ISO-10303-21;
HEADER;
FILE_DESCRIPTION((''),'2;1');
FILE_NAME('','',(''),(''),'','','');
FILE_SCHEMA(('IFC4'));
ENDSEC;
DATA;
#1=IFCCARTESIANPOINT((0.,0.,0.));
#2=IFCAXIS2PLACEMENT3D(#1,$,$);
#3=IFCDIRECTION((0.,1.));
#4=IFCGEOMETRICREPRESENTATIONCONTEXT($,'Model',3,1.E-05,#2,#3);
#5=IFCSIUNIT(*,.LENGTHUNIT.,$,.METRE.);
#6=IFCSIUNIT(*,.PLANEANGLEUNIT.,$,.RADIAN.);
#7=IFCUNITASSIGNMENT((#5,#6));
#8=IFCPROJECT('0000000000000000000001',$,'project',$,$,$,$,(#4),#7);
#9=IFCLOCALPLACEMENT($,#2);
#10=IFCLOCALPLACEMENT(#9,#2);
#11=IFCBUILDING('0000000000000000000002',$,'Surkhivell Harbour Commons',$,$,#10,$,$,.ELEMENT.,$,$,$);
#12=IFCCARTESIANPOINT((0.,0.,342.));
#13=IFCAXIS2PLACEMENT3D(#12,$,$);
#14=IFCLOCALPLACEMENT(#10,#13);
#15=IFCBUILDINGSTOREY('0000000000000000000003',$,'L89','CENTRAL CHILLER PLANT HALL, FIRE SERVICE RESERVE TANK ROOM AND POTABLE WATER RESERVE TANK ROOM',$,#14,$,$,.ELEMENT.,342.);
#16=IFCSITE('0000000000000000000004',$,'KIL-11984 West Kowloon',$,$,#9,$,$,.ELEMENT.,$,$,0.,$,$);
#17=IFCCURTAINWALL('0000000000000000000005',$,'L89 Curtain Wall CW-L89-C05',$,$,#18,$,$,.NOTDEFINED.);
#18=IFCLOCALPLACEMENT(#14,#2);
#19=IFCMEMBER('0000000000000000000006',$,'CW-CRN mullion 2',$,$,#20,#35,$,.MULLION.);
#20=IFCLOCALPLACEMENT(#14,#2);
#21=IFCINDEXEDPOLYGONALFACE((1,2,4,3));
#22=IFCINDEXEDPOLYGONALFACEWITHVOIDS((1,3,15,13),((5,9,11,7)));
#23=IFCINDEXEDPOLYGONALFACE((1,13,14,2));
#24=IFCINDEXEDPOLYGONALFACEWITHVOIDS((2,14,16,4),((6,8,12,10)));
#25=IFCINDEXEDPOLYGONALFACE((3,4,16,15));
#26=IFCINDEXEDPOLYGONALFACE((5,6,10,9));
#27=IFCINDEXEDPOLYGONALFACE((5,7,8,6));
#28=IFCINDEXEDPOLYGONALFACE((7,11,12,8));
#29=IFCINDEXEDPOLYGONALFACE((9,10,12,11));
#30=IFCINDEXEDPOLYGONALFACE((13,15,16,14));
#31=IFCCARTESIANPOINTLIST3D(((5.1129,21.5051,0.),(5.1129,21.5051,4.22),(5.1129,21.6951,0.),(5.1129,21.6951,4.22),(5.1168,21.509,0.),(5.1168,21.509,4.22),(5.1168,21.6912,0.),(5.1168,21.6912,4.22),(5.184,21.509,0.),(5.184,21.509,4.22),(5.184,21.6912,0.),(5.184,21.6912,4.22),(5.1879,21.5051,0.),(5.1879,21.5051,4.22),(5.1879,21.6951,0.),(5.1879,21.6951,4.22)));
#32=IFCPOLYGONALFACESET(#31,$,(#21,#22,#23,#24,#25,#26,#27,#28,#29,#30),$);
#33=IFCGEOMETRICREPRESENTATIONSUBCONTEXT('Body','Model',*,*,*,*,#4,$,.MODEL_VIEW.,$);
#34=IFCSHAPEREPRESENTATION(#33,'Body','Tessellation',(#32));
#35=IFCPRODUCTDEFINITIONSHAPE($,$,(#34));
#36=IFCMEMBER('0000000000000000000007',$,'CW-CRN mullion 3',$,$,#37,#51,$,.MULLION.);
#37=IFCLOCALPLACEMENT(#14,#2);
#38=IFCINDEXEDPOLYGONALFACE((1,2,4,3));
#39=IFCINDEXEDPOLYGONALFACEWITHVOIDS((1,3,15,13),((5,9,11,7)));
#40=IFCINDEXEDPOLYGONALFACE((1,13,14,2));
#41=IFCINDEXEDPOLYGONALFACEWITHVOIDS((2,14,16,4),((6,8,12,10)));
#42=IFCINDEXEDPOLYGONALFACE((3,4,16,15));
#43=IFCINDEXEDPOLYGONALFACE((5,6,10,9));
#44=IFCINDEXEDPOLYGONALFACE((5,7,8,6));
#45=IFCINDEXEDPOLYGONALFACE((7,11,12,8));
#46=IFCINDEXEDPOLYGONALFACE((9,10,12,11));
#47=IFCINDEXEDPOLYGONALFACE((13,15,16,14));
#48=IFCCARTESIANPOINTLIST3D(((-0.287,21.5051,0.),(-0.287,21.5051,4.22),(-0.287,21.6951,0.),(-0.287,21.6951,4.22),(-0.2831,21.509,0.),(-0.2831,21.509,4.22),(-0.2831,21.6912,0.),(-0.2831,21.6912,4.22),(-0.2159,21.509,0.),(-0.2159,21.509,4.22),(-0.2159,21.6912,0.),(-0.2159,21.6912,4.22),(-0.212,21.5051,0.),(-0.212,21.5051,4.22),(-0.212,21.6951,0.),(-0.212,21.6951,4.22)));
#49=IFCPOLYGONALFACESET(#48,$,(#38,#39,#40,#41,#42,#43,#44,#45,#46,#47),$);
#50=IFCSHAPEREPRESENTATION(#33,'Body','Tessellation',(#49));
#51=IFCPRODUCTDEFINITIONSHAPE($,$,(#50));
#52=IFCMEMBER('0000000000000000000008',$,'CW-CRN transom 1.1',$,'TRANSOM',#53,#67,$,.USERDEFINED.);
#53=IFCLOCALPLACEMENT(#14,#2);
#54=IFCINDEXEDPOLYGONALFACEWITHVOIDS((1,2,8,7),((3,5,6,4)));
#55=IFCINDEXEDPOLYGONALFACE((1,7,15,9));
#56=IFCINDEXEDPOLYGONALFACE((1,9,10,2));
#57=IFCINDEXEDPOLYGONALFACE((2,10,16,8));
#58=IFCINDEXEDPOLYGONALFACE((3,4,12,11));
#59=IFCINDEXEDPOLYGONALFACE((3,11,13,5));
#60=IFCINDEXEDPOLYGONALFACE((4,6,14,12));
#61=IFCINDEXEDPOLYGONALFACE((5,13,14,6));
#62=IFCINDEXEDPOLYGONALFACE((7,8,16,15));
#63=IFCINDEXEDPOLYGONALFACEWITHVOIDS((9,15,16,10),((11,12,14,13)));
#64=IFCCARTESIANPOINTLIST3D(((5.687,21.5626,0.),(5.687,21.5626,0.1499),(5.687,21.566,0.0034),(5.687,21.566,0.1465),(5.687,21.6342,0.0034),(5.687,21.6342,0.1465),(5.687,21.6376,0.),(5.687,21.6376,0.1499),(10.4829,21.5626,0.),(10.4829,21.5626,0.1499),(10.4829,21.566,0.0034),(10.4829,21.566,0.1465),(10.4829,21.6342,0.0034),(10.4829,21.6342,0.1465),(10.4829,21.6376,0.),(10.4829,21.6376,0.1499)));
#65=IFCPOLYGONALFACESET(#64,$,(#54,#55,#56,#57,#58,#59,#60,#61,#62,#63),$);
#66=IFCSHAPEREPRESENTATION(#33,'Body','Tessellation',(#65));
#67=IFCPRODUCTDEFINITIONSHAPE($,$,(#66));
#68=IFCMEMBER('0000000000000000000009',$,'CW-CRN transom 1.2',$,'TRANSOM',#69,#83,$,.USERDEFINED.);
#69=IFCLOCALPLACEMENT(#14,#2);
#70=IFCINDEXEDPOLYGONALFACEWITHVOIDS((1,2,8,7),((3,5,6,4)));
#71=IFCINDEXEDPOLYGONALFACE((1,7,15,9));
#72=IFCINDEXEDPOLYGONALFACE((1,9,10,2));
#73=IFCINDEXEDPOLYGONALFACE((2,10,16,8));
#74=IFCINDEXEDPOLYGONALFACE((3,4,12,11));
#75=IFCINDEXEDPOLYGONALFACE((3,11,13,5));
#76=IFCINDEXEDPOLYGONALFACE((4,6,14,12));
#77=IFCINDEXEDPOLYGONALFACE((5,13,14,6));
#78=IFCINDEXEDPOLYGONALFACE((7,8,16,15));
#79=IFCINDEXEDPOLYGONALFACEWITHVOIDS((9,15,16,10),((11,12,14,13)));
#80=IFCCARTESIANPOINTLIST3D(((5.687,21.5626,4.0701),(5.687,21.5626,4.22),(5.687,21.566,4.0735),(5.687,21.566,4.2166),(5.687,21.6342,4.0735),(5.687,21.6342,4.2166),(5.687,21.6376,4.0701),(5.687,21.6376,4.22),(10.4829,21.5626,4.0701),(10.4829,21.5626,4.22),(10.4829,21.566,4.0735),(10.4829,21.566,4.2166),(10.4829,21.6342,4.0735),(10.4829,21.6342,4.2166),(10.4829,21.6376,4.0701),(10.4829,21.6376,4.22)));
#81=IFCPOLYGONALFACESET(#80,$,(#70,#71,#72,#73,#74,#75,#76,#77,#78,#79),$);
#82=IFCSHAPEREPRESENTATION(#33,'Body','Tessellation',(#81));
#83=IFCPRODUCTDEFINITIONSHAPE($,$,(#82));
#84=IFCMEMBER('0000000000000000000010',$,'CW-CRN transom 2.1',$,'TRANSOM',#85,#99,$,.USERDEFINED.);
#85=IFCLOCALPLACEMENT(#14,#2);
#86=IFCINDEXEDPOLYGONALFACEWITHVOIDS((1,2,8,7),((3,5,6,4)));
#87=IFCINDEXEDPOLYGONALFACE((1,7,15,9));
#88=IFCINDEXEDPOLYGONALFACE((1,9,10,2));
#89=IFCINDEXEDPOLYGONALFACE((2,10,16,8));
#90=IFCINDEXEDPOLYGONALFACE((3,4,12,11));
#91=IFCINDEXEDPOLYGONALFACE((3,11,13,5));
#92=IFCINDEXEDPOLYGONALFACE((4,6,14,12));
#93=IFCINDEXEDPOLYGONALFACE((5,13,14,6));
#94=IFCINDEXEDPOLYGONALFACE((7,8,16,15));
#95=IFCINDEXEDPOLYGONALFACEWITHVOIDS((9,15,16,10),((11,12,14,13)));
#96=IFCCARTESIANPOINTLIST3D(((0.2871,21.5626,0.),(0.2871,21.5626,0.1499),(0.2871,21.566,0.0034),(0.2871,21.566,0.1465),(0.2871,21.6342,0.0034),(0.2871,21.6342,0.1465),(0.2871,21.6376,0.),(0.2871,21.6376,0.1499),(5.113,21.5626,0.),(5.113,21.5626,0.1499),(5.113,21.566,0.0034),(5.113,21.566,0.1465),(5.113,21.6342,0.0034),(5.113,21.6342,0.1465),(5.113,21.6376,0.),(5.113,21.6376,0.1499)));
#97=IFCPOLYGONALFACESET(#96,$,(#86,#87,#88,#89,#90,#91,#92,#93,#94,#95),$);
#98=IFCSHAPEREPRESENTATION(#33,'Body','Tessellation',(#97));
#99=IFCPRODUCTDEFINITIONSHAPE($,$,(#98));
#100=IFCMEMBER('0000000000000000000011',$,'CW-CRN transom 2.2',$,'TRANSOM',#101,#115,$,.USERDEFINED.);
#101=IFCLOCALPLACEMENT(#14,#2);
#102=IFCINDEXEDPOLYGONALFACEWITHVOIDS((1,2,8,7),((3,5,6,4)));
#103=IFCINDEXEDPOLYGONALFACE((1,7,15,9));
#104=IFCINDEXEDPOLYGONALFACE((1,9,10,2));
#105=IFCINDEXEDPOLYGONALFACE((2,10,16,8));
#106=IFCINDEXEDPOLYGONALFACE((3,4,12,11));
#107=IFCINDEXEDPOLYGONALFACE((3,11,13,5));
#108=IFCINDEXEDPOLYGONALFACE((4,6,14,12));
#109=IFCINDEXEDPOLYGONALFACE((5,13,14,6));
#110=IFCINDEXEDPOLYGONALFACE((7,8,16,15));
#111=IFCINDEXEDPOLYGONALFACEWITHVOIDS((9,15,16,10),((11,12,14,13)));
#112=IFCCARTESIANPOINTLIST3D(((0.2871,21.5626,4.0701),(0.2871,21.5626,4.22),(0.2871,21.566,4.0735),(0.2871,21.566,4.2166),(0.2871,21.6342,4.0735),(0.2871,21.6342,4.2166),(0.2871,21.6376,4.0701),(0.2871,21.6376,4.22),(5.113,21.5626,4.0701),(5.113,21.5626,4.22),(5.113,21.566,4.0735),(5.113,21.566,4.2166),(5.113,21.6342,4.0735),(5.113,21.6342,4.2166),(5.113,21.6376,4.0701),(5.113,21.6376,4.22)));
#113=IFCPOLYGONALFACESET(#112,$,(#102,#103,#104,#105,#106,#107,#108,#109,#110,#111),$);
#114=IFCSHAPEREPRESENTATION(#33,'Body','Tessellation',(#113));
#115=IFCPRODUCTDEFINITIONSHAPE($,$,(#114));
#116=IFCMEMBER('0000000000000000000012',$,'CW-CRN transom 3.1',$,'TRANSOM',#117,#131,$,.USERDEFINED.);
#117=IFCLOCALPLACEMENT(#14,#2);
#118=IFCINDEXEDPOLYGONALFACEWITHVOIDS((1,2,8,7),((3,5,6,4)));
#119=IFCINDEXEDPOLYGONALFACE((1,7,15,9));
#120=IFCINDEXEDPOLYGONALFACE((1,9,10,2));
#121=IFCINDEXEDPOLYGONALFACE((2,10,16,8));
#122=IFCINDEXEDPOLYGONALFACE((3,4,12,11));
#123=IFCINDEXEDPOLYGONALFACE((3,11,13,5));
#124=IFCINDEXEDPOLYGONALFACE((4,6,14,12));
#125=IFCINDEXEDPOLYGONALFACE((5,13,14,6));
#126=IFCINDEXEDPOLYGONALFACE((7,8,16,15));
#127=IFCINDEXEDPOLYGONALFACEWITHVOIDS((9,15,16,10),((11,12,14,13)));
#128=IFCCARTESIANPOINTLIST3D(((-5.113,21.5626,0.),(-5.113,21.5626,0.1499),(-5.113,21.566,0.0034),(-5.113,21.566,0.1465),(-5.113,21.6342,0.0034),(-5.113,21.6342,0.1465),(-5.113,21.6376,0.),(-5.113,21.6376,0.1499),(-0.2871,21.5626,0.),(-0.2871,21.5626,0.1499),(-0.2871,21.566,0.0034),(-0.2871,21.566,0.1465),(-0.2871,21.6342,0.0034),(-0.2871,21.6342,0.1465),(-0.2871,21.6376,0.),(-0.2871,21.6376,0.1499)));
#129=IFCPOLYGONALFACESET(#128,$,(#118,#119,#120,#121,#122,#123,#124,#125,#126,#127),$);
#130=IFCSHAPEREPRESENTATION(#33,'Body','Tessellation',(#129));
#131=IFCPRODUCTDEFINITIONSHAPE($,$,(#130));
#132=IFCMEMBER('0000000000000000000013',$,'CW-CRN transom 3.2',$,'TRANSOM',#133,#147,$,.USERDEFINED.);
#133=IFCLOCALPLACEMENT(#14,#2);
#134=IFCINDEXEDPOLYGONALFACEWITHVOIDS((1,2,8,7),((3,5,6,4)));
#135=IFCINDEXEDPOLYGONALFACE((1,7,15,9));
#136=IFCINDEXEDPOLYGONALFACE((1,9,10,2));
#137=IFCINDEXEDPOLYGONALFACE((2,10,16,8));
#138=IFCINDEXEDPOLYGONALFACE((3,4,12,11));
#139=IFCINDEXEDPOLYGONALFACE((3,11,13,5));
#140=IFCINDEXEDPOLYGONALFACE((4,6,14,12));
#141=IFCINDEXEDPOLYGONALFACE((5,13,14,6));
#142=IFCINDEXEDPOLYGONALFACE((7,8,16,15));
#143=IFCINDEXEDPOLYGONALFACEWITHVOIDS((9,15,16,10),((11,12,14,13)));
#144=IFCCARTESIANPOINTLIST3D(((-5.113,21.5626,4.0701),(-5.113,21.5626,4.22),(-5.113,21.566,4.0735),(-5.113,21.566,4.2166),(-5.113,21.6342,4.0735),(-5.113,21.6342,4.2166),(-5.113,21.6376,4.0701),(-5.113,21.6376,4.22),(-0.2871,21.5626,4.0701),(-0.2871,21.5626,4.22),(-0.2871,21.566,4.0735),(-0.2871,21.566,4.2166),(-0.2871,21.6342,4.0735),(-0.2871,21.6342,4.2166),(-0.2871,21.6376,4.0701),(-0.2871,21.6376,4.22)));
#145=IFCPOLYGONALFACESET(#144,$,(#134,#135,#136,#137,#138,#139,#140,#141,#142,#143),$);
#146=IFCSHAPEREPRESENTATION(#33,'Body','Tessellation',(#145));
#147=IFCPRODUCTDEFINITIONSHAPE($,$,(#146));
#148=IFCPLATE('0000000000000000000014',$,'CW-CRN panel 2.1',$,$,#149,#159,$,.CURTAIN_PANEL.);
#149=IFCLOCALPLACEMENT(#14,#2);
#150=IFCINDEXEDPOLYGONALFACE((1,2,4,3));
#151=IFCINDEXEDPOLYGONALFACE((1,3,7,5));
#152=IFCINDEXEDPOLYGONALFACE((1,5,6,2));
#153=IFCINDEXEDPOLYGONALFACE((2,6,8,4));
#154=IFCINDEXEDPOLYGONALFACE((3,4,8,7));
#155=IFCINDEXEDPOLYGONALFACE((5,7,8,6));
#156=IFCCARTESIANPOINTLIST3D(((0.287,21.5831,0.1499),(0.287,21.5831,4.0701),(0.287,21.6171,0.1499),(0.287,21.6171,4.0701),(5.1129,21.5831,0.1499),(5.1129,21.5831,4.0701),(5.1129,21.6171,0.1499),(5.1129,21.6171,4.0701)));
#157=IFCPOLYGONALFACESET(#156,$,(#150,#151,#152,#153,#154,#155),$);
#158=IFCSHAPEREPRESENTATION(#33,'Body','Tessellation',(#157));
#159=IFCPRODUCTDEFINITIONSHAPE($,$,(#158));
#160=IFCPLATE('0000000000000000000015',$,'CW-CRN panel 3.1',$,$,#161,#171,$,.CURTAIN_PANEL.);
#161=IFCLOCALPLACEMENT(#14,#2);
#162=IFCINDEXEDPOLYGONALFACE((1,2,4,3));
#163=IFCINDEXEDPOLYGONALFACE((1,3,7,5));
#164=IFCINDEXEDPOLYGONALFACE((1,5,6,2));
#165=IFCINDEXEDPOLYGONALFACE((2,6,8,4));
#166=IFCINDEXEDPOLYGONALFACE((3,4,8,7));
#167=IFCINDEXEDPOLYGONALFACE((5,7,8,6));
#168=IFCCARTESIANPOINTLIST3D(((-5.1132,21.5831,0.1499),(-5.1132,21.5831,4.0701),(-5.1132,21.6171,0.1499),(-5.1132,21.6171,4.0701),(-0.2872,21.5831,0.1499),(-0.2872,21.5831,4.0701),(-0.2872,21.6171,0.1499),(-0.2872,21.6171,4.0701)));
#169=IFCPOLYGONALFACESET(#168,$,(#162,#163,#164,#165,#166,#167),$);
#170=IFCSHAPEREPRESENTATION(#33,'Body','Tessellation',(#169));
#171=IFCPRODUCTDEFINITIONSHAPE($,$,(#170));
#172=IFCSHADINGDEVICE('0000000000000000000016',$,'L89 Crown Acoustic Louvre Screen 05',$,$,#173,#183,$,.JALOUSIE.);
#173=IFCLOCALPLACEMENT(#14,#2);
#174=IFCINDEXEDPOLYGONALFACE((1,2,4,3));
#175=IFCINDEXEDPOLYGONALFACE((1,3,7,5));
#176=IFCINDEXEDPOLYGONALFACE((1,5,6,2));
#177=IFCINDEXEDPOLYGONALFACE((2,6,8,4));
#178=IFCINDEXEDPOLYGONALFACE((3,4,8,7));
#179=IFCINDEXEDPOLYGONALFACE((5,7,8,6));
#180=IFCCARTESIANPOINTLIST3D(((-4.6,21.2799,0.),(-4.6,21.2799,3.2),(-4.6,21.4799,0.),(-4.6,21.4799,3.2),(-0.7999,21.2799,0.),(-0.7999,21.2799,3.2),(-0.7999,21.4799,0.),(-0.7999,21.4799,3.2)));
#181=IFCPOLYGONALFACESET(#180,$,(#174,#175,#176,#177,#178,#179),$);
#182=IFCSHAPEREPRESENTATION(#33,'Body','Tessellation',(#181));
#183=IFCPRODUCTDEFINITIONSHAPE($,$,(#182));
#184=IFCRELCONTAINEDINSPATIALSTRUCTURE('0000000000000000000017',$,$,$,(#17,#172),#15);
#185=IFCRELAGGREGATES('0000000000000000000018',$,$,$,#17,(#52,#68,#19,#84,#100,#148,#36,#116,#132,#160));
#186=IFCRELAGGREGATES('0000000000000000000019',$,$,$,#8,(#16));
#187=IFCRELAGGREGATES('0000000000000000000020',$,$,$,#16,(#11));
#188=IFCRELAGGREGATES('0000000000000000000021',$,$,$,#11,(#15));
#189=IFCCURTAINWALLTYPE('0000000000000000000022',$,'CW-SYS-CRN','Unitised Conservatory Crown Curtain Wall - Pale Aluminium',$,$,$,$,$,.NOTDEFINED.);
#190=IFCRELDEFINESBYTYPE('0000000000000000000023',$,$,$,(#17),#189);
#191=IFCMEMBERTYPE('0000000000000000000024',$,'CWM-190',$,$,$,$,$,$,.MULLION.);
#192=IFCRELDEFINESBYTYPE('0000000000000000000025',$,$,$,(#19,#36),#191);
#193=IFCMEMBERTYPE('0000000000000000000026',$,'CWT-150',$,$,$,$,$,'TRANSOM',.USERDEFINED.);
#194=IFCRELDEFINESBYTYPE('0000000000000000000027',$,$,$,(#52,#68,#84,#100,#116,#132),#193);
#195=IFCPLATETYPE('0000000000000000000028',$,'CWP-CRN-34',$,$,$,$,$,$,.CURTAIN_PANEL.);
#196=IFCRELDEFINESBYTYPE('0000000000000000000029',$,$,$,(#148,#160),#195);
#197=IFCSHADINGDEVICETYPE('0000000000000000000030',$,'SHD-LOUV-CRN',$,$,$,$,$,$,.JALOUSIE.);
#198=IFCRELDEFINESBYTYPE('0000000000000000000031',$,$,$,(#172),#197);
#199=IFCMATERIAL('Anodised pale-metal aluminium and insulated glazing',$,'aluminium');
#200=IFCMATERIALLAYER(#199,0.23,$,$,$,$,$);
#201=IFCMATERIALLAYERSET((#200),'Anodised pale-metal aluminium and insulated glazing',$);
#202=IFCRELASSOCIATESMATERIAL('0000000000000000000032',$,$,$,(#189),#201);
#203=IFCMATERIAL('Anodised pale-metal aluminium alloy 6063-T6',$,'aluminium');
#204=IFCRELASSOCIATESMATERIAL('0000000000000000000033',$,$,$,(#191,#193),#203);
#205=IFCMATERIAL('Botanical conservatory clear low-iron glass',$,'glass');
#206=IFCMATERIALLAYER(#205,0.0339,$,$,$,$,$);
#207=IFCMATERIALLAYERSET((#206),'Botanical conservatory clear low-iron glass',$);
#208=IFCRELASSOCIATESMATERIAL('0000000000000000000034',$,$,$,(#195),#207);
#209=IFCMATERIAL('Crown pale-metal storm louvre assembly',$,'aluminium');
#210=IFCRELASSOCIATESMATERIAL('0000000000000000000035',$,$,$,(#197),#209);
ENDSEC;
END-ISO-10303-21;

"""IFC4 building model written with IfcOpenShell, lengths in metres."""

from ifc_helpers import new_model, si_unit, direction, frame, frame_2d, origin, origin_2d, place, context, subcontext, project, spatial, rectangle, hollow_rectangle, extrude, material, layer, layer_set, material_profile, profile_set, type_object, element, aggregate, save


model = new_model("IFC4")

# Units and contexts
model_context = context("Model", 3, precision=1e-05, world=origin(), true_north=direction((0.0, 1.0)))
body_context = subcontext(model_context, "Body", "Model", "MODEL_VIEW")
ifc_project = project(units=[si_unit("LENGTHUNIT", "METRE"), si_unit("PLANEANGLEUNIT", "RADIAN")], contexts=[model_context])

# Site, building, storey
site_placement = place(None, origin())
site = spatial("IfcSite", under=ifc_project, at=site_placement, Name="KIL-11984 West Kowloon", CompositionType="ELEMENT", RefElevation=0.0)
building_placement = place(site_placement, origin())
building = spatial("IfcBuilding", under=site, at=building_placement, Name="Surkhivell Harbour Commons", CompositionType="ELEMENT")
storey_placement = place(building_placement, frame((0.0, 0.0, 342.0)))
storey = spatial("IfcBuildingStorey", under=building, at=storey_placement, Name="L89", Description="CENTRAL CHILLER PLANT HALL, FIRE SERVICE RESERVE TANK ROOM AND POTABLE WATER RESERVE TANK ROOM", CompositionType="ELEMENT", Elevation=342.0)

# Curtain wall, members, plates
ifc_material_1 = material(Name="Anodised pale-metal aluminium and insulated glazing", Category="aluminium")
ifc_layer_1 = layer(ifc_material_1, 0.23)
ifc_layer_set_1 = layer_set([ifc_layer_1], Name="Anodised pale-metal aluminium and insulated glazing")
curtain_wall_type = type_object("IfcCurtainWallType", Name="CW-SYS-CRN", Description="Unitised Conservatory Crown Curtain Wall - Pale Aluminium", PredefinedType="NOTDEFINED", material=ifc_layer_set_1)
curtain_wall_placement = place(storey_placement, origin())
curtain_wall = element("IfcCurtainWall", 1, at=curtain_wall_placement, inside=storey, type_object=curtain_wall_type, Name="L89 Curtain Wall CW-L89-C05", PredefinedType="NOTDEFINED")
ifc_material_2 = material(Name="Anodised pale-metal aluminium alloy 6063-T6", Category="aluminium")
ifc_material_profile_1 = material_profile(ifc_material_2, hollow_rectangle(XDim=0.075, YDim=0.1899, WallThickness=0.0039, at=origin_2d()), Name="ALU-MULL-75x190")
ifc_profile_set_1 = profile_set([ifc_material_profile_1], Name="Anodised pale-metal aluminium alloy 6063-T6")
member_type_1 = type_object("IfcMemberType", Name="CWM-190", PredefinedType="MULLION", material=ifc_profile_set_1)
member_1_placement = place(storey_placement, frame((5.1504, 21.6001, 0.0), z_axis=(0.0, 0.0, 1.0), x_axis=(-1.0, 0.0, 0.0)))
member_1 = element("IfcMember", 2, at=member_1_placement, type_object=member_type_1, Name="CW-CRN mullion 2", PredefinedType="MULLION", context=body_context, shape_type="SweptSolid", body=[
    extrude(hollow_rectangle(XDim=0.075, YDim=0.1899, WallThickness=0.0039, at=origin_2d()), origin(), (0.0, 0.0, 1.0), 4.22),
])
member_2_placement = place(storey_placement, frame((-0.2495, 21.6001, 0.0), z_axis=(0.0, 0.0, 1.0), x_axis=(-1.0, 0.0, 0.0)))
member_2 = element("IfcMember", 3, at=member_2_placement, type_object=member_type_1, Name="CW-CRN mullion 3", PredefinedType="MULLION", context=body_context, shape_type="SweptSolid", body=[
    extrude(hollow_rectangle(XDim=0.075, YDim=0.1899, WallThickness=0.0039, at=origin_2d()), origin(), (0.0, 0.0, 1.0), 4.22),
])
ifc_material_profile_2 = material_profile(ifc_material_2, hollow_rectangle(XDim=0.075, YDim=0.1499, WallThickness=0.0034, at=origin_2d()), Name="ALU-TRAN-75x150")
ifc_profile_set_2 = profile_set([ifc_material_profile_2], Name="Anodised pale-metal aluminium alloy 6063-T6")
member_type_2 = type_object("IfcMemberType", Name="CWT-150", ElementType="TRANSOM", PredefinedType="USERDEFINED", material=ifc_profile_set_2)
member_3_placement = place(storey_placement, frame((10.4829, 21.6001, 0.075), z_axis=(-1.0, 0.0, 0.0), x_axis=(0.0, -1.0, 0.0)))
member_3 = element("IfcMember", 4, at=member_3_placement, type_object=member_type_2, Name="CW-CRN transom 1.1", ObjectType="TRANSOM", PredefinedType="USERDEFINED", context=body_context, shape_type="SweptSolid", body=[
    extrude(hollow_rectangle(XDim=0.075, YDim=0.1499, WallThickness=0.0034, at=origin_2d()), origin(), (0.0, 0.0, 1.0), 4.7959),
])
member_4_placement = place(storey_placement, frame((10.4829, 21.6001, 4.145), z_axis=(-1.0, 0.0, 0.0), x_axis=(0.0, -1.0, 0.0)))
member_4 = element("IfcMember", 5, at=member_4_placement, type_object=member_type_2, Name="CW-CRN transom 1.2", ObjectType="TRANSOM", PredefinedType="USERDEFINED", context=body_context, shape_type="SweptSolid", body=[
    extrude(hollow_rectangle(XDim=0.075, YDim=0.1499, WallThickness=0.0034, at=origin_2d()), origin(), (0.0, 0.0, 1.0), 4.7959),
])
member_5_placement = place(storey_placement, frame((5.113, 21.6001, 0.075), z_axis=(-1.0, 0.0, 0.0), x_axis=(0.0, -1.0, 0.0)))
member_5 = element("IfcMember", 6, at=member_5_placement, type_object=member_type_2, Name="CW-CRN transom 2.1", ObjectType="TRANSOM", PredefinedType="USERDEFINED", context=body_context, shape_type="SweptSolid", body=[
    extrude(hollow_rectangle(XDim=0.075, YDim=0.1499, WallThickness=0.0034, at=origin_2d()), origin(), (0.0, 0.0, 1.0), 4.8259),
])
member_6_placement = place(storey_placement, frame((5.113, 21.6001, 4.145), z_axis=(-1.0, 0.0, 0.0), x_axis=(0.0, -1.0, 0.0)))
member_6 = element("IfcMember", 7, at=member_6_placement, type_object=member_type_2, Name="CW-CRN transom 2.2", ObjectType="TRANSOM", PredefinedType="USERDEFINED", context=body_context, shape_type="SweptSolid", body=[
    extrude(hollow_rectangle(XDim=0.075, YDim=0.1499, WallThickness=0.0034, at=origin_2d()), origin(), (0.0, 0.0, 1.0), 4.8259),
])
member_7_placement = place(storey_placement, frame((-0.2871, 21.6001, 0.075), z_axis=(-1.0, 0.0, 0.0), x_axis=(0.0, -1.0, 0.0)))
member_7 = element("IfcMember", 8, at=member_7_placement, type_object=member_type_2, Name="CW-CRN transom 3.1", ObjectType="TRANSOM", PredefinedType="USERDEFINED", context=body_context, shape_type="SweptSolid", body=[
    extrude(hollow_rectangle(XDim=0.075, YDim=0.1499, WallThickness=0.0034, at=origin_2d()), origin(), (0.0, 0.0, 1.0), 4.8259),
])
member_8_placement = place(storey_placement, frame((-0.2871, 21.6001, 4.145), z_axis=(-1.0, 0.0, 0.0), x_axis=(0.0, -1.0, 0.0)))
member_8 = element("IfcMember", 9, at=member_8_placement, type_object=member_type_2, Name="CW-CRN transom 3.2", ObjectType="TRANSOM", PredefinedType="USERDEFINED", context=body_context, shape_type="SweptSolid", body=[
    extrude(hollow_rectangle(XDim=0.075, YDim=0.1499, WallThickness=0.0034, at=origin_2d()), origin(), (0.0, 0.0, 1.0), 4.8259),
])
ifc_material_3 = material(Name="Botanical conservatory clear low-iron glass", Category="glass")
ifc_layer_2 = layer(ifc_material_3, 0.0339)
ifc_layer_set_2 = layer_set([ifc_layer_2], Name="Botanical conservatory clear low-iron glass")
plate_type = type_object("IfcPlateType", Name="CWP-CRN-34", PredefinedType="CURTAIN_PANEL", material=ifc_layer_set_2)
plate_1_placement = place(storey_placement, frame((5.113, 21.6001, 0.1499), z_axis=(0.0, 0.0, 1.0), x_axis=(-1.0, 0.0, 0.0)))
plate_1 = element("IfcPlate", 10, at=plate_1_placement, type_object=plate_type, Name="CW-CRN panel 2.1", PredefinedType="CURTAIN_PANEL", context=body_context, shape_type="SweptSolid", body=[
    extrude(rectangle(XDim=4.8259, YDim=0.0339, at=frame_2d((2.4131, 0.0))), origin(), (0.0, 0.0, 1.0), 3.9202),
])
plate_2_placement = place(storey_placement, frame((-0.2871, 21.6001, 0.1499), z_axis=(0.0, 0.0, 1.0), x_axis=(-1.0, 0.0, 0.0)))
plate_2 = element("IfcPlate", 11, at=plate_2_placement, type_object=plate_type, Name="CW-CRN panel 3.1", PredefinedType="CURTAIN_PANEL", context=body_context, shape_type="SweptSolid", body=[
    extrude(rectangle(XDim=4.8259, YDim=0.0339, at=frame_2d((2.4131, 0.0))), origin(), (0.0, 0.0, 1.0), 3.9202),
])
aggregate(curtain_wall, [member_3, member_4, member_1, member_5, member_6, plate_1, member_2, member_7, member_8, plate_2])

# Shading device
ifc_material_4 = material(Name="Crown pale-metal storm louvre assembly", Category="aluminium")
shading_device_type = type_object("IfcShadingDeviceType", Name="SHD-LOUV-CRN", PredefinedType="JALOUSIE", material=ifc_material_4)
shading_device_placement = place(storey_placement, frame((-2.7, 21.3799, 0.0), z_axis=(0.0, 0.0, 1.0), x_axis=(1.0, 0.0, 0.0)))
element("IfcShadingDevice", 12, at=shading_device_placement, inside=storey, type_object=shading_device_type, Name="L89 Crown Acoustic Louvre Screen 05", PredefinedType="JALOUSIE", context=body_context, shape_type="SweptSolid", body=[
    extrude(rectangle(XDim=3.8, YDim=0.2, at=origin_2d()), origin(), (0.0, 0.0, 1.0), 3.2),
])

save(model, "model.ifc")
